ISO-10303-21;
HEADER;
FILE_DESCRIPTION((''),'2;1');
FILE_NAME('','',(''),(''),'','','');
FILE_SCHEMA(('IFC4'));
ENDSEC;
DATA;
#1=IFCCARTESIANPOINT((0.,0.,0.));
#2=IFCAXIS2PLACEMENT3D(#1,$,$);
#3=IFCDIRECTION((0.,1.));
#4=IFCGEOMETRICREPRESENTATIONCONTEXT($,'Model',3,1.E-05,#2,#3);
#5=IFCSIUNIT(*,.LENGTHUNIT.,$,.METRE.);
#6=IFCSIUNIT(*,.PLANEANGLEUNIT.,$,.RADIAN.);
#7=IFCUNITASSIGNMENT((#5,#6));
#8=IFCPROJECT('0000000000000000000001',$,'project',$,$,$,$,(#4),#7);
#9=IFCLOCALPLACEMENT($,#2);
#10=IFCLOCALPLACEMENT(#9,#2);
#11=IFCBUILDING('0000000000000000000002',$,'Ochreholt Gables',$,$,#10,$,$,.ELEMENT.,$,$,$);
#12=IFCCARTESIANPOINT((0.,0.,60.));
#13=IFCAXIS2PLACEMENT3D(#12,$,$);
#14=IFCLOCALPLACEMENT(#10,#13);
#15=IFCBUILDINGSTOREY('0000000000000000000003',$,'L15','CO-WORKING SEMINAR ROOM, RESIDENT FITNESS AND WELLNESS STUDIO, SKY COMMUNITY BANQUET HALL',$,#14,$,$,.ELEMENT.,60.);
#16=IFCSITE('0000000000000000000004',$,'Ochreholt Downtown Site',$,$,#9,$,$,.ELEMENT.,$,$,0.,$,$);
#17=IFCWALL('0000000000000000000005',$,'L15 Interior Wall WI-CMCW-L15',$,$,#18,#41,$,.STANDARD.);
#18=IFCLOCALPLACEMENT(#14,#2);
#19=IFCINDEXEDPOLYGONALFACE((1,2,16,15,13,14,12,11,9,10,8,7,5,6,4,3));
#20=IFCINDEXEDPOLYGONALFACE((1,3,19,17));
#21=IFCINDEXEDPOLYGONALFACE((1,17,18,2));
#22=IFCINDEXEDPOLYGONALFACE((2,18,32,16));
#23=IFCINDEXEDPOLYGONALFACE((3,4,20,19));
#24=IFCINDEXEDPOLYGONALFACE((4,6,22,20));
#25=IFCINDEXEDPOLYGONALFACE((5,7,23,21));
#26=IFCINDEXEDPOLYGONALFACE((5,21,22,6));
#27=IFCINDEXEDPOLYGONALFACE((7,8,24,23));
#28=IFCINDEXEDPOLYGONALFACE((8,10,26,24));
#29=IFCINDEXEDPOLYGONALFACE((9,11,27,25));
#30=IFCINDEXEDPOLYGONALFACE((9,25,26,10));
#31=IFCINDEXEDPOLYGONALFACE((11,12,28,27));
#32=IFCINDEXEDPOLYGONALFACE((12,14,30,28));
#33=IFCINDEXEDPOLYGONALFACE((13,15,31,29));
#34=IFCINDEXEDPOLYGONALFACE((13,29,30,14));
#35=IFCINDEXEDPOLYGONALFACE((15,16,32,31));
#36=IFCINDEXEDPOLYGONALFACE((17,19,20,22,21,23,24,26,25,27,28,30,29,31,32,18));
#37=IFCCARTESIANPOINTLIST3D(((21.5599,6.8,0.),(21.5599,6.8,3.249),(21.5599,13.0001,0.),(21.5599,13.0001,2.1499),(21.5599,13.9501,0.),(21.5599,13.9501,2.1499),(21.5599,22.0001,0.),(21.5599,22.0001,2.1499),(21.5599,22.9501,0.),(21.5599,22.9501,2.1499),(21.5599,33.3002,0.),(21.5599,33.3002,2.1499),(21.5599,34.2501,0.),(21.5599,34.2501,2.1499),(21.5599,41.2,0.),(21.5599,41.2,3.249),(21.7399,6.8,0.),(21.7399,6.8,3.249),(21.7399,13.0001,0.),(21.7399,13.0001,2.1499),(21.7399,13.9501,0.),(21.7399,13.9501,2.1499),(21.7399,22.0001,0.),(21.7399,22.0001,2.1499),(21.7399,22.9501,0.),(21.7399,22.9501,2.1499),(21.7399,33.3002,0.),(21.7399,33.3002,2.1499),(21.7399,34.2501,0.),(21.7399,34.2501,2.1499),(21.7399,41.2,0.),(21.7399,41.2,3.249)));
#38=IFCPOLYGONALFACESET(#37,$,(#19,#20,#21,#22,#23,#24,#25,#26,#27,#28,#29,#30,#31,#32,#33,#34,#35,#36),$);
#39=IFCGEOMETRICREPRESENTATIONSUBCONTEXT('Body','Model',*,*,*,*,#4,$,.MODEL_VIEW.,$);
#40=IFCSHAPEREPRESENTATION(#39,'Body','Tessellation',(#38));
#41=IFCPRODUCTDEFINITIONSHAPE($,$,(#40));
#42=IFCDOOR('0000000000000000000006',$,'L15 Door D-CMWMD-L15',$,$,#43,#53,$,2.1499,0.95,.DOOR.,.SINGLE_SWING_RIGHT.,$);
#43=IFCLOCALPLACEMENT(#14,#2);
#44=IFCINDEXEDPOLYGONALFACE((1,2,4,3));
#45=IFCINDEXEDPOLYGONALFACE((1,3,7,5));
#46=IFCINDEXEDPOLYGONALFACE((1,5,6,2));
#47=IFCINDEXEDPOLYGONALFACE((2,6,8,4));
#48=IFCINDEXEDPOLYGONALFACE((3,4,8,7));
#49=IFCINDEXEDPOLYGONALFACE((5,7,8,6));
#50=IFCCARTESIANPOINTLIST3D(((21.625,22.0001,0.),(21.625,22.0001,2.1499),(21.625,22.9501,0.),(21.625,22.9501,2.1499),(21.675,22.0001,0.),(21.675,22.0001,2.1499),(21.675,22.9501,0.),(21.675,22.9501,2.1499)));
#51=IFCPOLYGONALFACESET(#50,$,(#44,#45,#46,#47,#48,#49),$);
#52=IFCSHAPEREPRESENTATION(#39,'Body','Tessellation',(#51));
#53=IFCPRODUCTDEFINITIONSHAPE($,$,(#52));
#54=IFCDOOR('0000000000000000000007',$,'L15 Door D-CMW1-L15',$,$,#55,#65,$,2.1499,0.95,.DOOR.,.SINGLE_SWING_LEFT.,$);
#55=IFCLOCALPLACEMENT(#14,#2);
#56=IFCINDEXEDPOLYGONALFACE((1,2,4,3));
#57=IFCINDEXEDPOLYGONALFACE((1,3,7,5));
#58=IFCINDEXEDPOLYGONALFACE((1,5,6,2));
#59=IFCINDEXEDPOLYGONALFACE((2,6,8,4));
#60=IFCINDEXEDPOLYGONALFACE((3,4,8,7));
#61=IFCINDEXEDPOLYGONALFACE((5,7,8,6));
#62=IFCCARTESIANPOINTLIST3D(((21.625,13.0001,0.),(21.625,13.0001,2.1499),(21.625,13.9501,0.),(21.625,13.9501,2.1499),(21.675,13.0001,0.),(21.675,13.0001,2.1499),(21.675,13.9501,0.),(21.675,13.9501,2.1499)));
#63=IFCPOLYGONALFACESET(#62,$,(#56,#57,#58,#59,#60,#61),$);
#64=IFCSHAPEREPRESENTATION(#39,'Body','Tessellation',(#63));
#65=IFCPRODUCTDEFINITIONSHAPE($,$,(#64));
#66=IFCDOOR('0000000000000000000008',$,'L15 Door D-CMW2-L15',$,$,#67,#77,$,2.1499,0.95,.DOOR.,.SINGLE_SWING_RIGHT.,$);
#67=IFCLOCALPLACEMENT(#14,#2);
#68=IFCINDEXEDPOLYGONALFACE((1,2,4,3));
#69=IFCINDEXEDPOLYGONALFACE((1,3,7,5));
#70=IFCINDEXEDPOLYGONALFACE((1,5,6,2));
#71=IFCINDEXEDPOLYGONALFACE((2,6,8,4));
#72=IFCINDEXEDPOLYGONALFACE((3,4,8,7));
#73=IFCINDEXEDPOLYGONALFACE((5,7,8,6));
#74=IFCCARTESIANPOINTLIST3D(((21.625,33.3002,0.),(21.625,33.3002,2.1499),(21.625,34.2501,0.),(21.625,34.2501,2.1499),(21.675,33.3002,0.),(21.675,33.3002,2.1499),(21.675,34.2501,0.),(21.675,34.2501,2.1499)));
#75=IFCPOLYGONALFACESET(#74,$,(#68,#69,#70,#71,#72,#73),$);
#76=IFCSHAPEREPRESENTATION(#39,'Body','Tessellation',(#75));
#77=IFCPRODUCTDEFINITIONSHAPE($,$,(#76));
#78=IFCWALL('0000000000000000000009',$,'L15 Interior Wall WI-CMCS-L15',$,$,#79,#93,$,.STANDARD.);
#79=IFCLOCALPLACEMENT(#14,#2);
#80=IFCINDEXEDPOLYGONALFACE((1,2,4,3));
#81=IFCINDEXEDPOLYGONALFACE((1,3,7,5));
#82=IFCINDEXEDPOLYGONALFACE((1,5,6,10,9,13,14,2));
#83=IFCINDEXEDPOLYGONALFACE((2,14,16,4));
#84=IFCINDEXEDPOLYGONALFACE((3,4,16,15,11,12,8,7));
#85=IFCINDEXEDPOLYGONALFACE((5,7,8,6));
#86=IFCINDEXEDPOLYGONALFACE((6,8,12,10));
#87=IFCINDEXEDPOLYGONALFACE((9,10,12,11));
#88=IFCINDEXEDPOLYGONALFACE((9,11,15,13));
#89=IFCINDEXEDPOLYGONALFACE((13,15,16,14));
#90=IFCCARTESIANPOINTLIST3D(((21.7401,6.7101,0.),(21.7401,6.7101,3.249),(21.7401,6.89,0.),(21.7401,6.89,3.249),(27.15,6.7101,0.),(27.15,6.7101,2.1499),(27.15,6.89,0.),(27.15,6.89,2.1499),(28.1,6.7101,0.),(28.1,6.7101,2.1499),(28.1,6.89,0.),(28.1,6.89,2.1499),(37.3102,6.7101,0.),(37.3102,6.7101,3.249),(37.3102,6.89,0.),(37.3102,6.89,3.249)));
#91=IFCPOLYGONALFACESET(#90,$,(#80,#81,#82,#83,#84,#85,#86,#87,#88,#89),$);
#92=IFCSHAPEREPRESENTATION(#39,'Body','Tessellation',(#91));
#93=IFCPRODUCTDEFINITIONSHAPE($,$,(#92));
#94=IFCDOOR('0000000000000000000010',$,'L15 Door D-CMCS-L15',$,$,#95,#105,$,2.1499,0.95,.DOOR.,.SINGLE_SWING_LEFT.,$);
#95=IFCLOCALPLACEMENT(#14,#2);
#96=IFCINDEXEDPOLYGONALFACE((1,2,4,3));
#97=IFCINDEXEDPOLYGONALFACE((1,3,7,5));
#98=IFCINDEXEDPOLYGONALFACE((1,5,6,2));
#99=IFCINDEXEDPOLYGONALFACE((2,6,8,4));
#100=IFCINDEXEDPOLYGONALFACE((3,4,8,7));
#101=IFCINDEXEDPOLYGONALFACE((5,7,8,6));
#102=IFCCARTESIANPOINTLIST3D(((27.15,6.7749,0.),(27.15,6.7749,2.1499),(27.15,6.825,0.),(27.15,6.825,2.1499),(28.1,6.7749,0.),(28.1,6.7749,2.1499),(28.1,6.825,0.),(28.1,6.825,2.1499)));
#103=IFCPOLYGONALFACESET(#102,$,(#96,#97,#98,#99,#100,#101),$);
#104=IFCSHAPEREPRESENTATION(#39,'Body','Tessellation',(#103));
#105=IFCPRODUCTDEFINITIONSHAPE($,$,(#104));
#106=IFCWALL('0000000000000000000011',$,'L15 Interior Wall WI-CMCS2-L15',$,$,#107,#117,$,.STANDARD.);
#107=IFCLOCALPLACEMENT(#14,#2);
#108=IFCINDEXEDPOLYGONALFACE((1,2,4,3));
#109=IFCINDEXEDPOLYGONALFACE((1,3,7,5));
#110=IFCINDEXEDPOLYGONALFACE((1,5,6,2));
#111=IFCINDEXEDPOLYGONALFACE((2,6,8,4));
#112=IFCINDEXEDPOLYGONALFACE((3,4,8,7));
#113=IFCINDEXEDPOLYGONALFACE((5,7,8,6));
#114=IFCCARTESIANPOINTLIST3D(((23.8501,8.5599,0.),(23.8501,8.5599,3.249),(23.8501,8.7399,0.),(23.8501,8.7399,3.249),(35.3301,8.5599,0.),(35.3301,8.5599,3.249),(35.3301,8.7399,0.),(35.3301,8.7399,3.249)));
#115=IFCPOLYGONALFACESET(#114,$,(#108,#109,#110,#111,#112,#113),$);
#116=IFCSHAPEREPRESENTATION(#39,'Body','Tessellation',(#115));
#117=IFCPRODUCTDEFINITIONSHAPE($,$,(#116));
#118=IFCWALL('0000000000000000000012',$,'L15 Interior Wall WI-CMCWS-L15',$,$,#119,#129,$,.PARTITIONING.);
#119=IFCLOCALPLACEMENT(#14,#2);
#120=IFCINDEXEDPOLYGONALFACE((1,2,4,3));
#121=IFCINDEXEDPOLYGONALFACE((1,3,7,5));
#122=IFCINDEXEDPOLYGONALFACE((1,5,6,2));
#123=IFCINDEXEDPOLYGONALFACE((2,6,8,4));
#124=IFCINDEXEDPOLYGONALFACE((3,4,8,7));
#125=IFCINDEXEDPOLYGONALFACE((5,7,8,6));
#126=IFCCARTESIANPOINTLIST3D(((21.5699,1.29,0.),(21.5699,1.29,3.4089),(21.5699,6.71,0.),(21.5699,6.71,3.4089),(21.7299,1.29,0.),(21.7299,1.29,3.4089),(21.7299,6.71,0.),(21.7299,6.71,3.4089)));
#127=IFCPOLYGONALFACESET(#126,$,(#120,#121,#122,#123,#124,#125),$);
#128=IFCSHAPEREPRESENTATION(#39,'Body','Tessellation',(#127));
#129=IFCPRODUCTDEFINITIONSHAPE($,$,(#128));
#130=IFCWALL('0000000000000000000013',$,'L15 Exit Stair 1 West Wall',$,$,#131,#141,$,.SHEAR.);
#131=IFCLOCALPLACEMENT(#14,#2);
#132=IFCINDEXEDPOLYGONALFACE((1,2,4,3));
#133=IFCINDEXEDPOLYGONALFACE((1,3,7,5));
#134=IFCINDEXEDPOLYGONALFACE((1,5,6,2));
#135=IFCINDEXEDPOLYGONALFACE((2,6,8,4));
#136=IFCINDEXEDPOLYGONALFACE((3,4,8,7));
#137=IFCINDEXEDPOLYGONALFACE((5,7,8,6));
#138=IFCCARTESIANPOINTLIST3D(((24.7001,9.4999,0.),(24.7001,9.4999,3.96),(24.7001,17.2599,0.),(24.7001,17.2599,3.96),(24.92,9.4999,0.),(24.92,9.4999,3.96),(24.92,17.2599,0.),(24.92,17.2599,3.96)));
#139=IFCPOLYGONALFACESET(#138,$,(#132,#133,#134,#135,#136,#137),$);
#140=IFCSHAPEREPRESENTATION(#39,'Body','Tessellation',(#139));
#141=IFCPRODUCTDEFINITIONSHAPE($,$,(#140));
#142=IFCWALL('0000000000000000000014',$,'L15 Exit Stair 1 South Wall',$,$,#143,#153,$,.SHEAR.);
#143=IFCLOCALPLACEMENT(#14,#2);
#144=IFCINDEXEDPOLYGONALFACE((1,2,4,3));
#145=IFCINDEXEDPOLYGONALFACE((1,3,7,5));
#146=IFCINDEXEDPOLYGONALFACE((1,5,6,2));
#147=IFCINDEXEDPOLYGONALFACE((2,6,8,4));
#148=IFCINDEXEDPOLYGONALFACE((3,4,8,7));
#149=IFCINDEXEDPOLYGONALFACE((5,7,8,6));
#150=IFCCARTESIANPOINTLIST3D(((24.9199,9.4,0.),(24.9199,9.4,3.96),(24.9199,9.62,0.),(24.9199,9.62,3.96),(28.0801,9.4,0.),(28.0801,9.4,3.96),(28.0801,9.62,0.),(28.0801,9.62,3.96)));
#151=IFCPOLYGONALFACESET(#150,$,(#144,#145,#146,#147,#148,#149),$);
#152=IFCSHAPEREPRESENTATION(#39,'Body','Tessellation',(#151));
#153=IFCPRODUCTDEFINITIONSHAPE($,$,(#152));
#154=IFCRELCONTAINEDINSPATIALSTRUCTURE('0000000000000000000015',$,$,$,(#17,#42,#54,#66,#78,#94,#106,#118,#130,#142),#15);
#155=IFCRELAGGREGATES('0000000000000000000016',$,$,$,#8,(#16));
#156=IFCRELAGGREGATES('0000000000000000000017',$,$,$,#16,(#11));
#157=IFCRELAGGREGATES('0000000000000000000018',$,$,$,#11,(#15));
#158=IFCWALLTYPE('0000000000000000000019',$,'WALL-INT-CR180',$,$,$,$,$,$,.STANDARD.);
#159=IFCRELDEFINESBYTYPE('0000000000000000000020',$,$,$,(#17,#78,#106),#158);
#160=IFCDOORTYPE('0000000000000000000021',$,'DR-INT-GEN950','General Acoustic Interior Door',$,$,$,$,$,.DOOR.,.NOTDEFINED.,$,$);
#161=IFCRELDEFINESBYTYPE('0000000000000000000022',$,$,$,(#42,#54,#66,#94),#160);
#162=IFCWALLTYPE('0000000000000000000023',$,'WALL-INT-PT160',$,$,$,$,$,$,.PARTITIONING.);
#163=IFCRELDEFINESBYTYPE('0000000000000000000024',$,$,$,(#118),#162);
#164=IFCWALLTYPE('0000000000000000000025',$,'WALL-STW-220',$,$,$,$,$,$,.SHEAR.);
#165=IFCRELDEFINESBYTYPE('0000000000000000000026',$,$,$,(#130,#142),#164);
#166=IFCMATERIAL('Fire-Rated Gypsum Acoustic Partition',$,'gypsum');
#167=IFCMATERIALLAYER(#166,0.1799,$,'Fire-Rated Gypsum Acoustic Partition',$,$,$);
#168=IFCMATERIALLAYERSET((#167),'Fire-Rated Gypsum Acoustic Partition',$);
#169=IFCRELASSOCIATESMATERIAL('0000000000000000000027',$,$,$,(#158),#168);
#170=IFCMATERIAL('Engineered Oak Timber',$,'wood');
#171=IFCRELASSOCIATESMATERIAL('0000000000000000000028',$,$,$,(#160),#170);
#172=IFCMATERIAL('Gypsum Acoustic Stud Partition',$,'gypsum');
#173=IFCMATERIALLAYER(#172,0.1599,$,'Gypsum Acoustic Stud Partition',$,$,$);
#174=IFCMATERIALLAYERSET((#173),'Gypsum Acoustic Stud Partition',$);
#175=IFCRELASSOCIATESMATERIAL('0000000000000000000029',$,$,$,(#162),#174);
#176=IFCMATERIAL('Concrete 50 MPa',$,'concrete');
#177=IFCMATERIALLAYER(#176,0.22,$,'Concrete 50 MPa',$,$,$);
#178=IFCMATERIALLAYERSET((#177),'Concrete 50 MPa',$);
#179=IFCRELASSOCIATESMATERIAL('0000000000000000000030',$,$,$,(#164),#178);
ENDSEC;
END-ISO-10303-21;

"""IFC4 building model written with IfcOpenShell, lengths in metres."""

from ifc_helpers import new_model, si_unit, direction, frame, frame_2d, origin, place, context, subcontext, project, spatial, rectangle, extrude, material, layer, layer_set, type_object, element, fill, save


model = new_model("IFC4")

# Units and contexts
model_context = context("Model", 3, precision=1e-05, world=origin(), true_north=direction((0.0, 1.0)))
body_context = subcontext(model_context, "Body", "Model", "MODEL_VIEW")
ifc_project = project(units=[si_unit("LENGTHUNIT", "METRE"), si_unit("PLANEANGLEUNIT", "RADIAN")], contexts=[model_context])

# Site, building, storey
site_placement = place(None, origin())
site = spatial("IfcSite", under=ifc_project, at=site_placement, Name="Ochreholt Downtown Site", CompositionType="ELEMENT", RefElevation=0.0)
building_placement = place(site_placement, origin())
building = spatial("IfcBuilding", under=site, at=building_placement, Name="Ochreholt Gables", CompositionType="ELEMENT")
storey_placement = place(building_placement, frame((0.0, 0.0, 60.0)))
storey = spatial("IfcBuildingStorey", under=building, at=storey_placement, Name="L15", Description="CO-WORKING SEMINAR ROOM, RESIDENT FITNESS AND WELLNESS STUDIO, SKY COMMUNITY BANQUET HALL", CompositionType="ELEMENT", Elevation=60.0)

# Wall, openings, doors
ifc_material_1 = material(Name="Fire-Rated Gypsum Acoustic Partition", Category="gypsum")
ifc_layer_1 = layer(ifc_material_1, 0.1799, Name="Fire-Rated Gypsum Acoustic Partition")
ifc_layer_set_1 = layer_set([ifc_layer_1], Name="Fire-Rated Gypsum Acoustic Partition")
wall_type_1 = type_object("IfcWallType", Name="WALL-INT-CR180", PredefinedType="STANDARD", material=ifc_layer_set_1)
wall_1_placement = place(storey_placement, frame((21.6499, 6.8, 0.0), z_axis=(0.0, 0.0, 1.0), x_axis=(0.0, 1.0, 0.0)))
wall_1 = element("IfcWall", 1, at=wall_1_placement, inside=storey, type_object=wall_type_1, Name="L15 Interior Wall WI-CMCW-L15", PredefinedType="STANDARD", context=body_context, shape_type="SweptSolid", body=[
    extrude(rectangle(XDim=34.3999, YDim=0.1799, at=frame_2d((17.2, 0.0))), origin(), (0.0, 0.0, 1.0), 3.249),
])
opening_1_placement = place(wall_1_placement, frame((15.2, 0.0, 0.0)))
opening_1 = element("IfcOpeningElement", 2, at=opening_1_placement, cuts=wall_1, PredefinedType="OPENING", context=body_context, shape_type="SweptSolid", body=[
    extrude(rectangle(XDim=0.95, YDim=2.1499, at=frame_2d((0.4751, 1.075))), frame((0.0, 0.0999, 0.0), z_axis=(0.0, -1.0, 0.0), x_axis=(1.0, 0.0, 0.0)), (0.0, 0.0, 1.0), 0.2),
])
opening_2_placement = place(wall_1_placement, frame((6.2, 0.0, 0.0)))
opening_2 = element("IfcOpeningElement", 3, at=opening_2_placement, cuts=wall_1, PredefinedType="OPENING", context=body_context, shape_type="SweptSolid", body=[
    extrude(rectangle(XDim=0.95, YDim=2.1499, at=frame_2d((0.4751, 1.075))), frame((0.0, 0.0999, 0.0), z_axis=(0.0, -1.0, 0.0), x_axis=(1.0, 0.0, 0.0)), (0.0, 0.0, 1.0), 0.2),
])
opening_3_placement = place(wall_1_placement, frame((26.5, 0.0, 0.0)))
opening_3 = element("IfcOpeningElement", 4, at=opening_3_placement, cuts=wall_1, PredefinedType="OPENING", context=body_context, shape_type="SweptSolid", body=[
    extrude(rectangle(XDim=0.95, YDim=2.1499, at=frame_2d((0.4751, 1.075))), frame((0.0, 0.0999, 0.0), z_axis=(0.0, -1.0, 0.0), x_axis=(1.0, 0.0, 0.0)), (0.0, 0.0, 1.0), 0.2),
])
ifc_material_2 = material(Name="Engineered Oak Timber", Category="wood")
door_type = type_object("IfcDoorType", Name="DR-INT-GEN950", Description="General Acoustic Interior Door", OperationType="NOTDEFINED", PredefinedType="DOOR", material=ifc_material_2)
door_1_placement = place(opening_1_placement, origin())
door_1 = element("IfcDoor", 5, at=door_1_placement, inside=storey, type_object=door_type, Name="L15 Door D-CMWMD-L15", OperationType="SINGLE_SWING_RIGHT", OverallHeight=2.1499, OverallWidth=0.95, PredefinedType="DOOR", context=body_context, shape_type="SweptSolid", body=[
    extrude(rectangle(XDim=0.95, YDim=2.1499, at=frame_2d((0.4751, 1.075))), frame((0.0, 0.0249, 0.0), z_axis=(0.0, -1.0, 0.0), x_axis=(1.0, 0.0, 0.0)), (0.0, 0.0, 1.0), 0.05),
])
fill(opening_1, door_1)
door_2_placement = place(opening_2_placement, origin())
door_2 = element("IfcDoor", 6, at=door_2_placement, inside=storey, type_object=door_type, Name="L15 Door D-CMW1-L15", OperationType="SINGLE_SWING_LEFT", OverallHeight=2.1499, OverallWidth=0.95, PredefinedType="DOOR", context=body_context, shape_type="SweptSolid", body=[
    extrude(rectangle(XDim=0.95, YDim=2.1499, at=frame_2d((0.4751, 1.075))), frame((0.0, 0.0249, 0.0), z_axis=(0.0, -1.0, 0.0), x_axis=(1.0, 0.0, 0.0)), (0.0, 0.0, 1.0), 0.05),
])
fill(opening_2, door_2)
door_3_placement = place(opening_3_placement, origin())
door_3 = element("IfcDoor", 7, at=door_3_placement, inside=storey, type_object=door_type, Name="L15 Door D-CMW2-L15", OperationType="SINGLE_SWING_RIGHT", OverallHeight=2.1499, OverallWidth=0.95, PredefinedType="DOOR", context=body_context, shape_type="SweptSolid", body=[
    extrude(rectangle(XDim=0.95, YDim=2.1499, at=frame_2d((0.4751, 1.075))), frame((0.0, 0.0249, 0.0), z_axis=(0.0, -1.0, 0.0), x_axis=(1.0, 0.0, 0.0)), (0.0, 0.0, 1.0), 0.05),
])
fill(opening_3, door_3)

# Wall, opening, door
wall_2_placement = place(storey_placement, frame((21.74, 6.8, 0.0), z_axis=(0.0, 0.0, 1.0), x_axis=(1.0, 0.0, 0.0)))
wall_2 = element("IfcWall", 8, at=wall_2_placement, inside=storey, type_object=wall_type_1, Name="L15 Interior Wall WI-CMCS-L15", PredefinedType="STANDARD", context=body_context, shape_type="SweptSolid", body=[
    extrude(rectangle(XDim=15.5701, YDim=0.1799, at=frame_2d((7.7852, 0.0))), origin(), (0.0, 0.0, 1.0), 3.249),
])
opening_4_placement = place(wall_2_placement, frame((5.4099, 0.0, 0.0)))
opening_4 = element("IfcOpeningElement", 9, at=opening_4_placement, cuts=wall_2, PredefinedType="OPENING", context=body_context, shape_type="SweptSolid", body=[
    extrude(rectangle(XDim=0.95, YDim=2.1499, at=frame_2d((0.4751, 1.075))), frame((0.0, 0.0999, 0.0), z_axis=(0.0, -1.0, 0.0), x_axis=(1.0, 0.0, 0.0)), (0.0, 0.0, 1.0), 0.2),
])
door_4_placement = place(opening_4_placement, origin())
door_4 = element("IfcDoor", 10, at=door_4_placement, inside=storey, type_object=door_type, Name="L15 Door D-CMCS-L15", OperationType="SINGLE_SWING_LEFT", OverallHeight=2.1499, OverallWidth=0.95, PredefinedType="DOOR", context=body_context, shape_type="SweptSolid", body=[
    extrude(rectangle(XDim=0.95, YDim=2.1499, at=frame_2d((0.4751, 1.075))), frame((0.0, 0.0249, 0.0), z_axis=(0.0, -1.0, 0.0), x_axis=(1.0, 0.0, 0.0)), (0.0, 0.0, 1.0), 0.05),
])
fill(opening_4, door_4)

# Walls
wall_3_placement = place(storey_placement, frame((23.8501, 8.6499, 0.0), z_axis=(0.0, 0.0, 1.0), x_axis=(1.0, 0.0, 0.0)))
element("IfcWall", 11, at=wall_3_placement, inside=storey, type_object=wall_type_1, Name="L15 Interior Wall WI-CMCS2-L15", PredefinedType="STANDARD", context=body_context, shape_type="SweptSolid", body=[
    extrude(rectangle(XDim=11.48, YDim=0.1799, at=frame_2d((5.74, 0.0))), origin(), (0.0, 0.0, 1.0), 3.249),
])
ifc_material_3 = material(Name="Gypsum Acoustic Stud Partition", Category="gypsum")
ifc_layer_2 = layer(ifc_material_3, 0.1599, Name="Gypsum Acoustic Stud Partition")
ifc_layer_set_2 = layer_set([ifc_layer_2], Name="Gypsum Acoustic Stud Partition")
wall_type_2 = type_object("IfcWallType", Name="WALL-INT-PT160", PredefinedType="PARTITIONING", material=ifc_layer_set_2)
wall_4_placement = place(storey_placement, frame((21.6499, 1.29, 0.0), z_axis=(0.0, 0.0, 1.0), x_axis=(0.0, 1.0, 0.0)))
element("IfcWall", 12, at=wall_4_placement, inside=storey, type_object=wall_type_2, Name="L15 Interior Wall WI-CMCWS-L15", PredefinedType="PARTITIONING", context=body_context, shape_type="SweptSolid", body=[
    extrude(rectangle(XDim=5.4199, YDim=0.1599, at=frame_2d((2.71, 0.0))), origin(), (0.0, 0.0, 1.0), 3.4089),
])
ifc_material_4 = material(Name="Concrete 50 MPa", Category="concrete")
ifc_layer_3 = layer(ifc_material_4, 0.22, Name="Concrete 50 MPa")
ifc_layer_set_3 = layer_set([ifc_layer_3], Name="Concrete 50 MPa")
wall_type_3 = type_object("IfcWallType", Name="WALL-STW-220", PredefinedType="SHEAR", material=ifc_layer_set_3)
wall_5_placement = place(storey_placement, frame((24.8101, 9.5, 0.0), z_axis=(0.0, 0.0, 1.0), x_axis=(0.0, 1.0, 0.0)))
element("IfcWall", 13, at=wall_5_placement, inside=storey, type_object=wall_type_3, Name="L15 Exit Stair 1 West Wall", PredefinedType="SHEAR", context=body_context, shape_type="SweptSolid", body=[
    extrude(rectangle(XDim=7.76, YDim=0.22, at=frame_2d((3.8799, 0.0))), origin(), (0.0, 0.0, 1.0), 3.96),
])
wall_6_placement = place(storey_placement, frame((24.9199, 9.51, 0.0), z_axis=(0.0, 0.0, 1.0), x_axis=(1.0, 0.0, 0.0)))
element("IfcWall", 14, at=wall_6_placement, inside=storey, type_object=wall_type_3, Name="L15 Exit Stair 1 South Wall", PredefinedType="SHEAR", context=body_context, shape_type="SweptSolid", body=[
    extrude(rectangle(XDim=3.1602, YDim=0.22, at=frame_2d((1.5801, 0.0))), origin(), (0.0, 0.0, 1.0), 3.96),
])

save(model, "model.ifc")
